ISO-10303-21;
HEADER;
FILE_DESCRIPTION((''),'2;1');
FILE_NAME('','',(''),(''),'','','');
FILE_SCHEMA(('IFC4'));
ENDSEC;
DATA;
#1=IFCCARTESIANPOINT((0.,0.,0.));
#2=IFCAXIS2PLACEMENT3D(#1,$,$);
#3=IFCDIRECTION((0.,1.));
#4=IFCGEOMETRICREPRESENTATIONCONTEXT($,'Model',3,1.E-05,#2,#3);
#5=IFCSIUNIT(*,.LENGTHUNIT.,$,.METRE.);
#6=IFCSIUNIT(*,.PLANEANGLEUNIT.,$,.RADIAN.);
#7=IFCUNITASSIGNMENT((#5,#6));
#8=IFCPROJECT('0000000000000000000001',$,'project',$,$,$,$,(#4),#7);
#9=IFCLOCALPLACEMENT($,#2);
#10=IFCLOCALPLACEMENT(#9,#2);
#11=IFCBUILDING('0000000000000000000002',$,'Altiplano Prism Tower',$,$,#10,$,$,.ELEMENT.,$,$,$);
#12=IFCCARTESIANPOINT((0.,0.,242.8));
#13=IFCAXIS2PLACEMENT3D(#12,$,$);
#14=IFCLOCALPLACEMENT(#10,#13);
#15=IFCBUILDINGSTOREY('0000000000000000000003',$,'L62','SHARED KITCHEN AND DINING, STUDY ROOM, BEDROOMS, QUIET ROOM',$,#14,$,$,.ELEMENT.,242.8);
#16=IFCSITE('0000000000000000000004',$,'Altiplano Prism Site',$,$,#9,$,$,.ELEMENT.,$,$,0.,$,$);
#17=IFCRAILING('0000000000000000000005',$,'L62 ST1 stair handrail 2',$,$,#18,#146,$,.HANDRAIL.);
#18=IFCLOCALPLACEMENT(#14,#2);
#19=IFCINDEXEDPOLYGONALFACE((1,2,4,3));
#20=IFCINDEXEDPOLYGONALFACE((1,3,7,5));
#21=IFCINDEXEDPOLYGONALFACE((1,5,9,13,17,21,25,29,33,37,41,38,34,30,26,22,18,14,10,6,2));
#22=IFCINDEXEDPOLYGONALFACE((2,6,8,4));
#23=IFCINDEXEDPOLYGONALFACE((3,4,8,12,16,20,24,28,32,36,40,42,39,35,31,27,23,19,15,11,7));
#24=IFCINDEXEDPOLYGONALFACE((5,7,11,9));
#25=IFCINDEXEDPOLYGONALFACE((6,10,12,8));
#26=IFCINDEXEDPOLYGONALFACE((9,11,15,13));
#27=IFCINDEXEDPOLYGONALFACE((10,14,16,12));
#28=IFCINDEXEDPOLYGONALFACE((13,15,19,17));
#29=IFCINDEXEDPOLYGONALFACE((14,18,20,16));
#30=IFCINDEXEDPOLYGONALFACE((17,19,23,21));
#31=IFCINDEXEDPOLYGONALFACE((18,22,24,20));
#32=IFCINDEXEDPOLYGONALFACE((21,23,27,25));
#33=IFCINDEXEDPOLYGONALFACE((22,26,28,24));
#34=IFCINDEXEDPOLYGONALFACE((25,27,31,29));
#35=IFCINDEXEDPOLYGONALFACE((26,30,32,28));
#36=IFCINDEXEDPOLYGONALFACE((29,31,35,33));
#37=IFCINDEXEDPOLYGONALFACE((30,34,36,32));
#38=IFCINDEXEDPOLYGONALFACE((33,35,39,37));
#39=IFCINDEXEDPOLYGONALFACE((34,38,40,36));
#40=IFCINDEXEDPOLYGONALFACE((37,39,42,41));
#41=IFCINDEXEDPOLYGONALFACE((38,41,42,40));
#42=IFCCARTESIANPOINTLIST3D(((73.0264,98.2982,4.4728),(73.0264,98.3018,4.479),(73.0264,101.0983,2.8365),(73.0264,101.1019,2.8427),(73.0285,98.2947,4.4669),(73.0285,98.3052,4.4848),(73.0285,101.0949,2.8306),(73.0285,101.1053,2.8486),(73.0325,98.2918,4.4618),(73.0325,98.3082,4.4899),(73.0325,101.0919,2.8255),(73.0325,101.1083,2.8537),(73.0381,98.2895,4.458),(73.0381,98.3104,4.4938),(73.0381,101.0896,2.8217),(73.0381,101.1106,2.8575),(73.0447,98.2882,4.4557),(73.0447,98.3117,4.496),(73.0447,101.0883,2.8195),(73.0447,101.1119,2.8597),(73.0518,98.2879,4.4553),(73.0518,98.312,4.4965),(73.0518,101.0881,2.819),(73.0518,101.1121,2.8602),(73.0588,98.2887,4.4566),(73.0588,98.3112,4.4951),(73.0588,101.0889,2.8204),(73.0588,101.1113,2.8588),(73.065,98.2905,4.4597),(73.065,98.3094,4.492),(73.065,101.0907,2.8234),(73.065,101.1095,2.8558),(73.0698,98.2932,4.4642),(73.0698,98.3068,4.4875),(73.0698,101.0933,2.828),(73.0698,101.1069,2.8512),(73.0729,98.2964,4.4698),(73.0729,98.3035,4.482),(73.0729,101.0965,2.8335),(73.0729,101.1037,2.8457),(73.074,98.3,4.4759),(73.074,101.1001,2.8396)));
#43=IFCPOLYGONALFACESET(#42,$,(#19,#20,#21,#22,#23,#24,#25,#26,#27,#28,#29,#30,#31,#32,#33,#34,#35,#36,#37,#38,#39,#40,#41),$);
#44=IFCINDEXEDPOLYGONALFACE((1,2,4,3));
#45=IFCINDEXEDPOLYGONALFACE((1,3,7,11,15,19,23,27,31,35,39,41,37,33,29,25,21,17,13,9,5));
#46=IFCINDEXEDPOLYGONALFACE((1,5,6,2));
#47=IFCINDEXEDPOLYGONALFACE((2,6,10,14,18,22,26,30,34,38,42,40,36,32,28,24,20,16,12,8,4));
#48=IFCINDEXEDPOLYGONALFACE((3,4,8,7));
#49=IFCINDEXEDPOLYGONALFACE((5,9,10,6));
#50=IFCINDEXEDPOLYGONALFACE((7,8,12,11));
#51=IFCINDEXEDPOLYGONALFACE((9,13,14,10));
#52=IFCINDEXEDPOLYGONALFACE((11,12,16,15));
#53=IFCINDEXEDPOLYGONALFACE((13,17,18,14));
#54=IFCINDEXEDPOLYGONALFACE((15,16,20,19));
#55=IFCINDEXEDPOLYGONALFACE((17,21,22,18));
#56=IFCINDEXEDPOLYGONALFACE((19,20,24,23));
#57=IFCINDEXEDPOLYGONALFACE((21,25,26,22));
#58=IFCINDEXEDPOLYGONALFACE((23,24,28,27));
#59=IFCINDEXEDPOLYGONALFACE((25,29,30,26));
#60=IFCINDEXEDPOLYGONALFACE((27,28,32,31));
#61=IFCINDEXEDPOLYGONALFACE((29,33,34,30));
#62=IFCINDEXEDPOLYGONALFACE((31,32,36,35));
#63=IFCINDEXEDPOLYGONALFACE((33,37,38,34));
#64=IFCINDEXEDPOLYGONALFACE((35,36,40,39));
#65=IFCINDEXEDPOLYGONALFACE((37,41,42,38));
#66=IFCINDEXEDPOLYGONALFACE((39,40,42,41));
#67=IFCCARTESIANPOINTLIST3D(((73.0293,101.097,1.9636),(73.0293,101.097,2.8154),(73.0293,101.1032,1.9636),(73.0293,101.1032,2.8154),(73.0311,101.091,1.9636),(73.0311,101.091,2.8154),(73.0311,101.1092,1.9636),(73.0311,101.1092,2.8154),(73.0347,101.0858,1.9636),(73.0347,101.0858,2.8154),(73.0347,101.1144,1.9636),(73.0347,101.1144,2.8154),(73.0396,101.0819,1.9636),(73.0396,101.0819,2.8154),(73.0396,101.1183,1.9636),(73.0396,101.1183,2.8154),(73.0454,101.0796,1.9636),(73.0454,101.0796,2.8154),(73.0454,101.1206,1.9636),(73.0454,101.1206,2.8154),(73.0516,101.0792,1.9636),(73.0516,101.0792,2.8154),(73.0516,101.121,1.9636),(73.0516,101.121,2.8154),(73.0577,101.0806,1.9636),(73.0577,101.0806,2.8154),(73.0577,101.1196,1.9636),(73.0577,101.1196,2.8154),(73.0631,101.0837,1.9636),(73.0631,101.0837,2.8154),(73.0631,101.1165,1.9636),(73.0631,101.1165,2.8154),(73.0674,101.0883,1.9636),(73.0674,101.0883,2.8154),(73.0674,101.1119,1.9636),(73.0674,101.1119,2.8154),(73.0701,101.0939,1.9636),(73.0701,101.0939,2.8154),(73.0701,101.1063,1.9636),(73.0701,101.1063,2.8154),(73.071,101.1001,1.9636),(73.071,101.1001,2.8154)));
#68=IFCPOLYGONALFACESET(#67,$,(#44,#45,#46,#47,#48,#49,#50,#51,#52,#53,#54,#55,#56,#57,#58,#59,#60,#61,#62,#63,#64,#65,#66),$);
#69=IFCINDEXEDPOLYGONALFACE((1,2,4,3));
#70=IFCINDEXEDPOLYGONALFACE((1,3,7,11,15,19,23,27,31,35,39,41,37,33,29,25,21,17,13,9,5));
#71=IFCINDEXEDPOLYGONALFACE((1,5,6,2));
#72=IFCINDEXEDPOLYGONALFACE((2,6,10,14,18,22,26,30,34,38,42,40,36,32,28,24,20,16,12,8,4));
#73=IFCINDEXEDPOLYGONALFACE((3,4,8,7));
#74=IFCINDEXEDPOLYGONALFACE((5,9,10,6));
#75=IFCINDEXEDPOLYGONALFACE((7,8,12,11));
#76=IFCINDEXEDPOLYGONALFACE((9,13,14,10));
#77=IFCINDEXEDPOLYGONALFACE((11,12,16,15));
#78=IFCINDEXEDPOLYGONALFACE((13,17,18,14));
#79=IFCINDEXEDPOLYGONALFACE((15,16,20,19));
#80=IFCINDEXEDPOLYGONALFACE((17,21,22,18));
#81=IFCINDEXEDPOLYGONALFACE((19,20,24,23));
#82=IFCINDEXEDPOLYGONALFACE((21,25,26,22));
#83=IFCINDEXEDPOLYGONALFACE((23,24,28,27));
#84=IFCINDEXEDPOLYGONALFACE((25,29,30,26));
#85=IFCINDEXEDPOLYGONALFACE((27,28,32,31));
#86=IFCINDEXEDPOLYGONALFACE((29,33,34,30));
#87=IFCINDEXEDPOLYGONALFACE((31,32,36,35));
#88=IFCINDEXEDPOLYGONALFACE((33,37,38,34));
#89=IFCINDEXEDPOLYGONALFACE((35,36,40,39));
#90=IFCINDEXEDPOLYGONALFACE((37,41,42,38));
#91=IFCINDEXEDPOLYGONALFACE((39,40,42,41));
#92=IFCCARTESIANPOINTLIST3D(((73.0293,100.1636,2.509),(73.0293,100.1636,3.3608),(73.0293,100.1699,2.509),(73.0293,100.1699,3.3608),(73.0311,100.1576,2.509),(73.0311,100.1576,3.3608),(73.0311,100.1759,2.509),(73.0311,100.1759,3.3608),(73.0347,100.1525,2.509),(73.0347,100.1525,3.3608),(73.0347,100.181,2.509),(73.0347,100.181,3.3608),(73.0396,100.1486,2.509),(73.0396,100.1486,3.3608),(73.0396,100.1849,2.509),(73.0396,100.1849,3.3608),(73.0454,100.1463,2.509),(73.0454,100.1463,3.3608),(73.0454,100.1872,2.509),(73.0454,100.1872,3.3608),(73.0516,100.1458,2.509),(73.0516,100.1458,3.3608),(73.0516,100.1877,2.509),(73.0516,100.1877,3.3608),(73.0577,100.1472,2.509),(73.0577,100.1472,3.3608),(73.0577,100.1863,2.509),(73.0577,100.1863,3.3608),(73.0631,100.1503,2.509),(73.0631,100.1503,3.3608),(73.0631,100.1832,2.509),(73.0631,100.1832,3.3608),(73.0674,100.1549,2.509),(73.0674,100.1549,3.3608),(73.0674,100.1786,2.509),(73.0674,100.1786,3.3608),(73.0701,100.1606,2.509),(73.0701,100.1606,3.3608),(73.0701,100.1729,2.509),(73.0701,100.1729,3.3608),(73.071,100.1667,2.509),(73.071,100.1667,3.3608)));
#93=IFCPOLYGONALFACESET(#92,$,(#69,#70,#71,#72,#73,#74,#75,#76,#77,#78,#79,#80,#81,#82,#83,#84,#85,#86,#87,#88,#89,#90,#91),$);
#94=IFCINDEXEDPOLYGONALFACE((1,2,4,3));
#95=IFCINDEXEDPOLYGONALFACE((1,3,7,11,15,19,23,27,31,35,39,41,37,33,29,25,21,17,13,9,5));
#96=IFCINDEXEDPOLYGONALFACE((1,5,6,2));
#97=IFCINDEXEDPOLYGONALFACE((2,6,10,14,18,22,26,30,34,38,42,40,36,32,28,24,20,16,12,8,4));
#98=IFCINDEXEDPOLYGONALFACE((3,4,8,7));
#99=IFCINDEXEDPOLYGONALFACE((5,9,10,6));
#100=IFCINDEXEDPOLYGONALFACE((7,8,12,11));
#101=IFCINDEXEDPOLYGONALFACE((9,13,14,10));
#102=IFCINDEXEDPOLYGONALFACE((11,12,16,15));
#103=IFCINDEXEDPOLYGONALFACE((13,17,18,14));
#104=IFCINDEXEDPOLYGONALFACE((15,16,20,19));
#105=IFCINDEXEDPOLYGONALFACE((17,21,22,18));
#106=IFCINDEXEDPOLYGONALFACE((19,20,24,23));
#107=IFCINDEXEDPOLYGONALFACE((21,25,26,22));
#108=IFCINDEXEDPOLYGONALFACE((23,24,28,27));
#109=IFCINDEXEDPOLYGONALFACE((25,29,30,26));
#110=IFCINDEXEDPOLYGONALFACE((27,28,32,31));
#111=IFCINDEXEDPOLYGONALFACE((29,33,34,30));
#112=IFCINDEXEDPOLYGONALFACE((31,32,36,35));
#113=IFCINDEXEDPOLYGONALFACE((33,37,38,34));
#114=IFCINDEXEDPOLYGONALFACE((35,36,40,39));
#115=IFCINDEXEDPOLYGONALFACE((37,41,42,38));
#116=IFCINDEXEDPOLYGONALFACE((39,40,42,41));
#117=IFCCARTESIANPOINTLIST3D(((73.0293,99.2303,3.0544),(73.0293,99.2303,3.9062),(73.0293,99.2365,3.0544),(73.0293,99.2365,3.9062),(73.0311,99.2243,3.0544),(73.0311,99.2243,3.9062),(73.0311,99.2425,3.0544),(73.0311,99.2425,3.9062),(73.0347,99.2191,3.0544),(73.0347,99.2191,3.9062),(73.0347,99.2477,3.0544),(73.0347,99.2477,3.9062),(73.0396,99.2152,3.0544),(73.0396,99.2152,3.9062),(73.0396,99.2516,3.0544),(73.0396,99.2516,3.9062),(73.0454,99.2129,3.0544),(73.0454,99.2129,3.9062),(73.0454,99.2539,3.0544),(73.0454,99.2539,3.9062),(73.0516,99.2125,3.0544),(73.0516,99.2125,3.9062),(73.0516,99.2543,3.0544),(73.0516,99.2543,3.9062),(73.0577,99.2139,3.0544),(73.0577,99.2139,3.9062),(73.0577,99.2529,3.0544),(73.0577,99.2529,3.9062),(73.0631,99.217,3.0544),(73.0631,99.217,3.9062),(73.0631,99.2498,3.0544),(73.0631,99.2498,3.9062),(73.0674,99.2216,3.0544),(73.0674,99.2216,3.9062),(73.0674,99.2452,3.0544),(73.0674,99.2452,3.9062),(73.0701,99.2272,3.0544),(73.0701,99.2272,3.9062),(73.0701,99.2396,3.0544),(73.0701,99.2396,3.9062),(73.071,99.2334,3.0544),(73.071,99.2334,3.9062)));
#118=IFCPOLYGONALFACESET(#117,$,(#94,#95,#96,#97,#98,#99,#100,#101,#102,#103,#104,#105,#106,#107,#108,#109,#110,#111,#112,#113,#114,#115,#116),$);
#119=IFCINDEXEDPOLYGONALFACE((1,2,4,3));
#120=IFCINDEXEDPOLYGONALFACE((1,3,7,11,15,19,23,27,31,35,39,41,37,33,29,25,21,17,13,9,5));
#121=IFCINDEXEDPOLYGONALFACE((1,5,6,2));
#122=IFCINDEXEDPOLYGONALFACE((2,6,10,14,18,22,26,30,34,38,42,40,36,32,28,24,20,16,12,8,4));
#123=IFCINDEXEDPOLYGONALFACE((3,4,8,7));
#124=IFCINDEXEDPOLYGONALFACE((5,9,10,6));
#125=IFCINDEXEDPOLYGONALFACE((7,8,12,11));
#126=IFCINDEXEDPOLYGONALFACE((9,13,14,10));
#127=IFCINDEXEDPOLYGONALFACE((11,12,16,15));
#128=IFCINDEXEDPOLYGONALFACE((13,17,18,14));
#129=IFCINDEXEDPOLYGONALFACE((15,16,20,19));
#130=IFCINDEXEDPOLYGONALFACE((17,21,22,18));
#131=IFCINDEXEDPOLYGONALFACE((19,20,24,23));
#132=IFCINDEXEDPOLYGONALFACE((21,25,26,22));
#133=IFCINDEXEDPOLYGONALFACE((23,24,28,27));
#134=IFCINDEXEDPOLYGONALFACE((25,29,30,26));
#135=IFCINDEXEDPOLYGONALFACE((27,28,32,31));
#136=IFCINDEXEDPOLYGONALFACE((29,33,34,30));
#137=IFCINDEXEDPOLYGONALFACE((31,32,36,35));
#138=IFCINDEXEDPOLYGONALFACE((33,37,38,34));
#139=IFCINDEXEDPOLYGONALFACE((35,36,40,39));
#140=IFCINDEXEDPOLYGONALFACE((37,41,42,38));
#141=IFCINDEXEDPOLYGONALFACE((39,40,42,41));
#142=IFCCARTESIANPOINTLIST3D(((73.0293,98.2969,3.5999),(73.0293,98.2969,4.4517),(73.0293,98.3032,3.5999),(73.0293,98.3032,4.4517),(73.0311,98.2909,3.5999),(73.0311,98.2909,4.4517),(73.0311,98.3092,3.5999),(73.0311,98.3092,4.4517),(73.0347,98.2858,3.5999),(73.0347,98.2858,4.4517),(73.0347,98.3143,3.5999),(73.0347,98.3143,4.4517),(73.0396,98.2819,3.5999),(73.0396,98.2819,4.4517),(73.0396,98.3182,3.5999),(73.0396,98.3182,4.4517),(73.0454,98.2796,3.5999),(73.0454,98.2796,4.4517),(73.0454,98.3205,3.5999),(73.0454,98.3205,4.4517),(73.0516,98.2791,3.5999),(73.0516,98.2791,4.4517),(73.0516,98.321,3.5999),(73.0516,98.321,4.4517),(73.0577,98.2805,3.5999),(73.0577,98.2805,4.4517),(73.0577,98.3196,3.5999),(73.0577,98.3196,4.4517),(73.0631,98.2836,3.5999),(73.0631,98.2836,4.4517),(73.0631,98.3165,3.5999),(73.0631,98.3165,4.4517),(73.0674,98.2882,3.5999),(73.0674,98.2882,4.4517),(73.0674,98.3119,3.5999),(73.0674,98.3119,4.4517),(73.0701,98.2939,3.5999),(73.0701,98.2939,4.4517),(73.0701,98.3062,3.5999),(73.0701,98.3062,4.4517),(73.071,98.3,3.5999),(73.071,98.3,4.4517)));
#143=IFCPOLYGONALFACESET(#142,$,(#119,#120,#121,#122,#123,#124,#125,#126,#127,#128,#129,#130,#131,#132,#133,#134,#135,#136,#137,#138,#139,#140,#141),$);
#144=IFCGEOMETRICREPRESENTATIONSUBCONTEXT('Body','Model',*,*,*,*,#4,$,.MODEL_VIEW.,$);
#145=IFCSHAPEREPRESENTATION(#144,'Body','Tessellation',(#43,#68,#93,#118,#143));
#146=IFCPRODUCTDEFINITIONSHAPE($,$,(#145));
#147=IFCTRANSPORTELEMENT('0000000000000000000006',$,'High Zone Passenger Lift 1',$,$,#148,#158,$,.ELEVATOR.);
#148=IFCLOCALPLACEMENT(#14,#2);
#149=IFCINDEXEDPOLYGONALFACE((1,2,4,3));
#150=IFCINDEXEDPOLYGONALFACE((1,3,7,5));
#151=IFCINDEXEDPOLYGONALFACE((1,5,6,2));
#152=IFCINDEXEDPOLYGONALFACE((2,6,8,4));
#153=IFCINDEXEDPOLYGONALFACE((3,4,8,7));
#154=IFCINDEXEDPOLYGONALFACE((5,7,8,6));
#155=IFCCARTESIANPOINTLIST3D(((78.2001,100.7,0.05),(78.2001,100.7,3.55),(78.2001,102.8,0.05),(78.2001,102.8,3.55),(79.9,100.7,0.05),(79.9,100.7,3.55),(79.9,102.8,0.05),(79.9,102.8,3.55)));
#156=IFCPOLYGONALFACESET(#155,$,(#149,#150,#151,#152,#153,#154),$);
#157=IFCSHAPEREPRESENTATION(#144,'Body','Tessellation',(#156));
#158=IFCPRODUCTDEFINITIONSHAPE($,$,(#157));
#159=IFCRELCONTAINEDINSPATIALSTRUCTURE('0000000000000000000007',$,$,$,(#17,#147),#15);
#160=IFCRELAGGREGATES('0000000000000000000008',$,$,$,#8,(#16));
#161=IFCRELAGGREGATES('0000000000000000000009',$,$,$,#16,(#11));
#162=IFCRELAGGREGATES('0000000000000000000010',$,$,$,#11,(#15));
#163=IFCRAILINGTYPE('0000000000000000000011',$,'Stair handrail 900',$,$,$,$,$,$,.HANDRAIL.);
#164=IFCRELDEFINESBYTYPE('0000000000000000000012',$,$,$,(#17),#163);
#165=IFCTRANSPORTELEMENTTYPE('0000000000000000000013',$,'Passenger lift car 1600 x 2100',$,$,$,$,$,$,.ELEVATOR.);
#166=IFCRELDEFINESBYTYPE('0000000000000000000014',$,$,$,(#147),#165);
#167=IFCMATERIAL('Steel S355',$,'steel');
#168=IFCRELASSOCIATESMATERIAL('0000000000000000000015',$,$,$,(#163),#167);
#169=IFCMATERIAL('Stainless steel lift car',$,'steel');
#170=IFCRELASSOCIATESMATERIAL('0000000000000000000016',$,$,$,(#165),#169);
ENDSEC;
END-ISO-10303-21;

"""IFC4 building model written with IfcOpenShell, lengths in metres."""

from ifc_helpers import new_model, si_unit, direction, frame, origin, origin_2d, place, context, subcontext, project, spatial, rectangle, circle, extrude, material, type_object, element, save


model = new_model("IFC4")

# Units and contexts
model_context = context("Model", 3, precision=1e-05, world=origin(), true_north=direction((0.0, 1.0)))
body_context = subcontext(model_context, "Body", "Model", "MODEL_VIEW")
ifc_project = project(units=[si_unit("LENGTHUNIT", "METRE"), si_unit("PLANEANGLEUNIT", "RADIAN")], contexts=[model_context])

# Site, building, storey
site_placement = place(None, origin())
site = spatial("IfcSite", under=ifc_project, at=site_placement, Name="Altiplano Prism Site", CompositionType="ELEMENT", RefElevation=0.0)
building_placement = place(site_placement, origin())
building = spatial("IfcBuilding", under=site, at=building_placement, Name="Altiplano Prism Tower", CompositionType="ELEMENT")
storey_placement = place(building_placement, frame((0.0, 0.0, 242.8)))
storey = spatial("IfcBuildingStorey", under=building, at=storey_placement, Name="L62", Description="SHARED KITCHEN AND DINING, STUDY ROOM, BEDROOMS, QUIET ROOM", CompositionType="ELEMENT", Elevation=242.8)

# Railing
ifc_material_1 = material(Name="Steel S355", Category="steel")
railing_type_1 = type_object("IfcRailingType", Name="Stair handrail 900", PredefinedType="HANDRAIL", material=ifc_material_1)
railing_1_placement = place(storey_placement, frame((73.05, 101.1001, 1.9636)))
element("IfcRailing", 1, at=railing_1_placement, inside=storey, type_object=railing_type_1, Name="L62 ST1 stair handrail 2", PredefinedType="HANDRAIL", context=body_context, shape_type="SweptSolid", body=[
    extrude(circle(Radius=0.0239, at=origin_2d()), frame((0.0, 0.0, 0.876), z_axis=(0.0, -0.863394, 0.504531), x_axis=(1.0, 0.0, 0.0)), (0.0, 0.0, 1.0), 3.2432),
    extrude(circle(Radius=0.021, at=origin_2d()), origin(), (0.0, 0.0, 1.0), 0.8518),
    extrude(circle(Radius=0.021, at=origin_2d()), frame((0.0, -0.9333, 0.5454)), (0.0, 0.0, 1.0), 0.8518),
    extrude(circle(Radius=0.021, at=origin_2d()), frame((0.0, -1.8667, 1.0908)), (0.0, 0.0, 1.0), 0.8518),
    extrude(circle(Radius=0.021, at=origin_2d()), frame((0.0, -2.8, 1.6362)), (0.0, 0.0, 1.0), 0.8518),
])

# Transport element
ifc_material_2 = material(Name="Stainless steel lift car", Category="steel")
transport_element_type = type_object("IfcTransportElementType", Name="Passenger lift car 1600 x 2100", PredefinedType="ELEVATOR", material=ifc_material_2)
transport_element_placement = place(storey_placement, frame((79.05, 101.75, 0.05), z_axis=(0.0, 0.0, 1.0), x_axis=(1.0, 0.0, 0.0)))
element("IfcTransportElement", 2, at=transport_element_placement, inside=storey, type_object=transport_element_type, Name="High Zone Passenger Lift 1", PredefinedType="ELEVATOR", context=body_context, shape_type="SweptSolid", body=[
    extrude(rectangle(XDim=1.7, YDim=2.1001, at=origin_2d()), origin(), (0.0, 0.0, 1.0), 3.5),
])

save(model, "model.ifc")
